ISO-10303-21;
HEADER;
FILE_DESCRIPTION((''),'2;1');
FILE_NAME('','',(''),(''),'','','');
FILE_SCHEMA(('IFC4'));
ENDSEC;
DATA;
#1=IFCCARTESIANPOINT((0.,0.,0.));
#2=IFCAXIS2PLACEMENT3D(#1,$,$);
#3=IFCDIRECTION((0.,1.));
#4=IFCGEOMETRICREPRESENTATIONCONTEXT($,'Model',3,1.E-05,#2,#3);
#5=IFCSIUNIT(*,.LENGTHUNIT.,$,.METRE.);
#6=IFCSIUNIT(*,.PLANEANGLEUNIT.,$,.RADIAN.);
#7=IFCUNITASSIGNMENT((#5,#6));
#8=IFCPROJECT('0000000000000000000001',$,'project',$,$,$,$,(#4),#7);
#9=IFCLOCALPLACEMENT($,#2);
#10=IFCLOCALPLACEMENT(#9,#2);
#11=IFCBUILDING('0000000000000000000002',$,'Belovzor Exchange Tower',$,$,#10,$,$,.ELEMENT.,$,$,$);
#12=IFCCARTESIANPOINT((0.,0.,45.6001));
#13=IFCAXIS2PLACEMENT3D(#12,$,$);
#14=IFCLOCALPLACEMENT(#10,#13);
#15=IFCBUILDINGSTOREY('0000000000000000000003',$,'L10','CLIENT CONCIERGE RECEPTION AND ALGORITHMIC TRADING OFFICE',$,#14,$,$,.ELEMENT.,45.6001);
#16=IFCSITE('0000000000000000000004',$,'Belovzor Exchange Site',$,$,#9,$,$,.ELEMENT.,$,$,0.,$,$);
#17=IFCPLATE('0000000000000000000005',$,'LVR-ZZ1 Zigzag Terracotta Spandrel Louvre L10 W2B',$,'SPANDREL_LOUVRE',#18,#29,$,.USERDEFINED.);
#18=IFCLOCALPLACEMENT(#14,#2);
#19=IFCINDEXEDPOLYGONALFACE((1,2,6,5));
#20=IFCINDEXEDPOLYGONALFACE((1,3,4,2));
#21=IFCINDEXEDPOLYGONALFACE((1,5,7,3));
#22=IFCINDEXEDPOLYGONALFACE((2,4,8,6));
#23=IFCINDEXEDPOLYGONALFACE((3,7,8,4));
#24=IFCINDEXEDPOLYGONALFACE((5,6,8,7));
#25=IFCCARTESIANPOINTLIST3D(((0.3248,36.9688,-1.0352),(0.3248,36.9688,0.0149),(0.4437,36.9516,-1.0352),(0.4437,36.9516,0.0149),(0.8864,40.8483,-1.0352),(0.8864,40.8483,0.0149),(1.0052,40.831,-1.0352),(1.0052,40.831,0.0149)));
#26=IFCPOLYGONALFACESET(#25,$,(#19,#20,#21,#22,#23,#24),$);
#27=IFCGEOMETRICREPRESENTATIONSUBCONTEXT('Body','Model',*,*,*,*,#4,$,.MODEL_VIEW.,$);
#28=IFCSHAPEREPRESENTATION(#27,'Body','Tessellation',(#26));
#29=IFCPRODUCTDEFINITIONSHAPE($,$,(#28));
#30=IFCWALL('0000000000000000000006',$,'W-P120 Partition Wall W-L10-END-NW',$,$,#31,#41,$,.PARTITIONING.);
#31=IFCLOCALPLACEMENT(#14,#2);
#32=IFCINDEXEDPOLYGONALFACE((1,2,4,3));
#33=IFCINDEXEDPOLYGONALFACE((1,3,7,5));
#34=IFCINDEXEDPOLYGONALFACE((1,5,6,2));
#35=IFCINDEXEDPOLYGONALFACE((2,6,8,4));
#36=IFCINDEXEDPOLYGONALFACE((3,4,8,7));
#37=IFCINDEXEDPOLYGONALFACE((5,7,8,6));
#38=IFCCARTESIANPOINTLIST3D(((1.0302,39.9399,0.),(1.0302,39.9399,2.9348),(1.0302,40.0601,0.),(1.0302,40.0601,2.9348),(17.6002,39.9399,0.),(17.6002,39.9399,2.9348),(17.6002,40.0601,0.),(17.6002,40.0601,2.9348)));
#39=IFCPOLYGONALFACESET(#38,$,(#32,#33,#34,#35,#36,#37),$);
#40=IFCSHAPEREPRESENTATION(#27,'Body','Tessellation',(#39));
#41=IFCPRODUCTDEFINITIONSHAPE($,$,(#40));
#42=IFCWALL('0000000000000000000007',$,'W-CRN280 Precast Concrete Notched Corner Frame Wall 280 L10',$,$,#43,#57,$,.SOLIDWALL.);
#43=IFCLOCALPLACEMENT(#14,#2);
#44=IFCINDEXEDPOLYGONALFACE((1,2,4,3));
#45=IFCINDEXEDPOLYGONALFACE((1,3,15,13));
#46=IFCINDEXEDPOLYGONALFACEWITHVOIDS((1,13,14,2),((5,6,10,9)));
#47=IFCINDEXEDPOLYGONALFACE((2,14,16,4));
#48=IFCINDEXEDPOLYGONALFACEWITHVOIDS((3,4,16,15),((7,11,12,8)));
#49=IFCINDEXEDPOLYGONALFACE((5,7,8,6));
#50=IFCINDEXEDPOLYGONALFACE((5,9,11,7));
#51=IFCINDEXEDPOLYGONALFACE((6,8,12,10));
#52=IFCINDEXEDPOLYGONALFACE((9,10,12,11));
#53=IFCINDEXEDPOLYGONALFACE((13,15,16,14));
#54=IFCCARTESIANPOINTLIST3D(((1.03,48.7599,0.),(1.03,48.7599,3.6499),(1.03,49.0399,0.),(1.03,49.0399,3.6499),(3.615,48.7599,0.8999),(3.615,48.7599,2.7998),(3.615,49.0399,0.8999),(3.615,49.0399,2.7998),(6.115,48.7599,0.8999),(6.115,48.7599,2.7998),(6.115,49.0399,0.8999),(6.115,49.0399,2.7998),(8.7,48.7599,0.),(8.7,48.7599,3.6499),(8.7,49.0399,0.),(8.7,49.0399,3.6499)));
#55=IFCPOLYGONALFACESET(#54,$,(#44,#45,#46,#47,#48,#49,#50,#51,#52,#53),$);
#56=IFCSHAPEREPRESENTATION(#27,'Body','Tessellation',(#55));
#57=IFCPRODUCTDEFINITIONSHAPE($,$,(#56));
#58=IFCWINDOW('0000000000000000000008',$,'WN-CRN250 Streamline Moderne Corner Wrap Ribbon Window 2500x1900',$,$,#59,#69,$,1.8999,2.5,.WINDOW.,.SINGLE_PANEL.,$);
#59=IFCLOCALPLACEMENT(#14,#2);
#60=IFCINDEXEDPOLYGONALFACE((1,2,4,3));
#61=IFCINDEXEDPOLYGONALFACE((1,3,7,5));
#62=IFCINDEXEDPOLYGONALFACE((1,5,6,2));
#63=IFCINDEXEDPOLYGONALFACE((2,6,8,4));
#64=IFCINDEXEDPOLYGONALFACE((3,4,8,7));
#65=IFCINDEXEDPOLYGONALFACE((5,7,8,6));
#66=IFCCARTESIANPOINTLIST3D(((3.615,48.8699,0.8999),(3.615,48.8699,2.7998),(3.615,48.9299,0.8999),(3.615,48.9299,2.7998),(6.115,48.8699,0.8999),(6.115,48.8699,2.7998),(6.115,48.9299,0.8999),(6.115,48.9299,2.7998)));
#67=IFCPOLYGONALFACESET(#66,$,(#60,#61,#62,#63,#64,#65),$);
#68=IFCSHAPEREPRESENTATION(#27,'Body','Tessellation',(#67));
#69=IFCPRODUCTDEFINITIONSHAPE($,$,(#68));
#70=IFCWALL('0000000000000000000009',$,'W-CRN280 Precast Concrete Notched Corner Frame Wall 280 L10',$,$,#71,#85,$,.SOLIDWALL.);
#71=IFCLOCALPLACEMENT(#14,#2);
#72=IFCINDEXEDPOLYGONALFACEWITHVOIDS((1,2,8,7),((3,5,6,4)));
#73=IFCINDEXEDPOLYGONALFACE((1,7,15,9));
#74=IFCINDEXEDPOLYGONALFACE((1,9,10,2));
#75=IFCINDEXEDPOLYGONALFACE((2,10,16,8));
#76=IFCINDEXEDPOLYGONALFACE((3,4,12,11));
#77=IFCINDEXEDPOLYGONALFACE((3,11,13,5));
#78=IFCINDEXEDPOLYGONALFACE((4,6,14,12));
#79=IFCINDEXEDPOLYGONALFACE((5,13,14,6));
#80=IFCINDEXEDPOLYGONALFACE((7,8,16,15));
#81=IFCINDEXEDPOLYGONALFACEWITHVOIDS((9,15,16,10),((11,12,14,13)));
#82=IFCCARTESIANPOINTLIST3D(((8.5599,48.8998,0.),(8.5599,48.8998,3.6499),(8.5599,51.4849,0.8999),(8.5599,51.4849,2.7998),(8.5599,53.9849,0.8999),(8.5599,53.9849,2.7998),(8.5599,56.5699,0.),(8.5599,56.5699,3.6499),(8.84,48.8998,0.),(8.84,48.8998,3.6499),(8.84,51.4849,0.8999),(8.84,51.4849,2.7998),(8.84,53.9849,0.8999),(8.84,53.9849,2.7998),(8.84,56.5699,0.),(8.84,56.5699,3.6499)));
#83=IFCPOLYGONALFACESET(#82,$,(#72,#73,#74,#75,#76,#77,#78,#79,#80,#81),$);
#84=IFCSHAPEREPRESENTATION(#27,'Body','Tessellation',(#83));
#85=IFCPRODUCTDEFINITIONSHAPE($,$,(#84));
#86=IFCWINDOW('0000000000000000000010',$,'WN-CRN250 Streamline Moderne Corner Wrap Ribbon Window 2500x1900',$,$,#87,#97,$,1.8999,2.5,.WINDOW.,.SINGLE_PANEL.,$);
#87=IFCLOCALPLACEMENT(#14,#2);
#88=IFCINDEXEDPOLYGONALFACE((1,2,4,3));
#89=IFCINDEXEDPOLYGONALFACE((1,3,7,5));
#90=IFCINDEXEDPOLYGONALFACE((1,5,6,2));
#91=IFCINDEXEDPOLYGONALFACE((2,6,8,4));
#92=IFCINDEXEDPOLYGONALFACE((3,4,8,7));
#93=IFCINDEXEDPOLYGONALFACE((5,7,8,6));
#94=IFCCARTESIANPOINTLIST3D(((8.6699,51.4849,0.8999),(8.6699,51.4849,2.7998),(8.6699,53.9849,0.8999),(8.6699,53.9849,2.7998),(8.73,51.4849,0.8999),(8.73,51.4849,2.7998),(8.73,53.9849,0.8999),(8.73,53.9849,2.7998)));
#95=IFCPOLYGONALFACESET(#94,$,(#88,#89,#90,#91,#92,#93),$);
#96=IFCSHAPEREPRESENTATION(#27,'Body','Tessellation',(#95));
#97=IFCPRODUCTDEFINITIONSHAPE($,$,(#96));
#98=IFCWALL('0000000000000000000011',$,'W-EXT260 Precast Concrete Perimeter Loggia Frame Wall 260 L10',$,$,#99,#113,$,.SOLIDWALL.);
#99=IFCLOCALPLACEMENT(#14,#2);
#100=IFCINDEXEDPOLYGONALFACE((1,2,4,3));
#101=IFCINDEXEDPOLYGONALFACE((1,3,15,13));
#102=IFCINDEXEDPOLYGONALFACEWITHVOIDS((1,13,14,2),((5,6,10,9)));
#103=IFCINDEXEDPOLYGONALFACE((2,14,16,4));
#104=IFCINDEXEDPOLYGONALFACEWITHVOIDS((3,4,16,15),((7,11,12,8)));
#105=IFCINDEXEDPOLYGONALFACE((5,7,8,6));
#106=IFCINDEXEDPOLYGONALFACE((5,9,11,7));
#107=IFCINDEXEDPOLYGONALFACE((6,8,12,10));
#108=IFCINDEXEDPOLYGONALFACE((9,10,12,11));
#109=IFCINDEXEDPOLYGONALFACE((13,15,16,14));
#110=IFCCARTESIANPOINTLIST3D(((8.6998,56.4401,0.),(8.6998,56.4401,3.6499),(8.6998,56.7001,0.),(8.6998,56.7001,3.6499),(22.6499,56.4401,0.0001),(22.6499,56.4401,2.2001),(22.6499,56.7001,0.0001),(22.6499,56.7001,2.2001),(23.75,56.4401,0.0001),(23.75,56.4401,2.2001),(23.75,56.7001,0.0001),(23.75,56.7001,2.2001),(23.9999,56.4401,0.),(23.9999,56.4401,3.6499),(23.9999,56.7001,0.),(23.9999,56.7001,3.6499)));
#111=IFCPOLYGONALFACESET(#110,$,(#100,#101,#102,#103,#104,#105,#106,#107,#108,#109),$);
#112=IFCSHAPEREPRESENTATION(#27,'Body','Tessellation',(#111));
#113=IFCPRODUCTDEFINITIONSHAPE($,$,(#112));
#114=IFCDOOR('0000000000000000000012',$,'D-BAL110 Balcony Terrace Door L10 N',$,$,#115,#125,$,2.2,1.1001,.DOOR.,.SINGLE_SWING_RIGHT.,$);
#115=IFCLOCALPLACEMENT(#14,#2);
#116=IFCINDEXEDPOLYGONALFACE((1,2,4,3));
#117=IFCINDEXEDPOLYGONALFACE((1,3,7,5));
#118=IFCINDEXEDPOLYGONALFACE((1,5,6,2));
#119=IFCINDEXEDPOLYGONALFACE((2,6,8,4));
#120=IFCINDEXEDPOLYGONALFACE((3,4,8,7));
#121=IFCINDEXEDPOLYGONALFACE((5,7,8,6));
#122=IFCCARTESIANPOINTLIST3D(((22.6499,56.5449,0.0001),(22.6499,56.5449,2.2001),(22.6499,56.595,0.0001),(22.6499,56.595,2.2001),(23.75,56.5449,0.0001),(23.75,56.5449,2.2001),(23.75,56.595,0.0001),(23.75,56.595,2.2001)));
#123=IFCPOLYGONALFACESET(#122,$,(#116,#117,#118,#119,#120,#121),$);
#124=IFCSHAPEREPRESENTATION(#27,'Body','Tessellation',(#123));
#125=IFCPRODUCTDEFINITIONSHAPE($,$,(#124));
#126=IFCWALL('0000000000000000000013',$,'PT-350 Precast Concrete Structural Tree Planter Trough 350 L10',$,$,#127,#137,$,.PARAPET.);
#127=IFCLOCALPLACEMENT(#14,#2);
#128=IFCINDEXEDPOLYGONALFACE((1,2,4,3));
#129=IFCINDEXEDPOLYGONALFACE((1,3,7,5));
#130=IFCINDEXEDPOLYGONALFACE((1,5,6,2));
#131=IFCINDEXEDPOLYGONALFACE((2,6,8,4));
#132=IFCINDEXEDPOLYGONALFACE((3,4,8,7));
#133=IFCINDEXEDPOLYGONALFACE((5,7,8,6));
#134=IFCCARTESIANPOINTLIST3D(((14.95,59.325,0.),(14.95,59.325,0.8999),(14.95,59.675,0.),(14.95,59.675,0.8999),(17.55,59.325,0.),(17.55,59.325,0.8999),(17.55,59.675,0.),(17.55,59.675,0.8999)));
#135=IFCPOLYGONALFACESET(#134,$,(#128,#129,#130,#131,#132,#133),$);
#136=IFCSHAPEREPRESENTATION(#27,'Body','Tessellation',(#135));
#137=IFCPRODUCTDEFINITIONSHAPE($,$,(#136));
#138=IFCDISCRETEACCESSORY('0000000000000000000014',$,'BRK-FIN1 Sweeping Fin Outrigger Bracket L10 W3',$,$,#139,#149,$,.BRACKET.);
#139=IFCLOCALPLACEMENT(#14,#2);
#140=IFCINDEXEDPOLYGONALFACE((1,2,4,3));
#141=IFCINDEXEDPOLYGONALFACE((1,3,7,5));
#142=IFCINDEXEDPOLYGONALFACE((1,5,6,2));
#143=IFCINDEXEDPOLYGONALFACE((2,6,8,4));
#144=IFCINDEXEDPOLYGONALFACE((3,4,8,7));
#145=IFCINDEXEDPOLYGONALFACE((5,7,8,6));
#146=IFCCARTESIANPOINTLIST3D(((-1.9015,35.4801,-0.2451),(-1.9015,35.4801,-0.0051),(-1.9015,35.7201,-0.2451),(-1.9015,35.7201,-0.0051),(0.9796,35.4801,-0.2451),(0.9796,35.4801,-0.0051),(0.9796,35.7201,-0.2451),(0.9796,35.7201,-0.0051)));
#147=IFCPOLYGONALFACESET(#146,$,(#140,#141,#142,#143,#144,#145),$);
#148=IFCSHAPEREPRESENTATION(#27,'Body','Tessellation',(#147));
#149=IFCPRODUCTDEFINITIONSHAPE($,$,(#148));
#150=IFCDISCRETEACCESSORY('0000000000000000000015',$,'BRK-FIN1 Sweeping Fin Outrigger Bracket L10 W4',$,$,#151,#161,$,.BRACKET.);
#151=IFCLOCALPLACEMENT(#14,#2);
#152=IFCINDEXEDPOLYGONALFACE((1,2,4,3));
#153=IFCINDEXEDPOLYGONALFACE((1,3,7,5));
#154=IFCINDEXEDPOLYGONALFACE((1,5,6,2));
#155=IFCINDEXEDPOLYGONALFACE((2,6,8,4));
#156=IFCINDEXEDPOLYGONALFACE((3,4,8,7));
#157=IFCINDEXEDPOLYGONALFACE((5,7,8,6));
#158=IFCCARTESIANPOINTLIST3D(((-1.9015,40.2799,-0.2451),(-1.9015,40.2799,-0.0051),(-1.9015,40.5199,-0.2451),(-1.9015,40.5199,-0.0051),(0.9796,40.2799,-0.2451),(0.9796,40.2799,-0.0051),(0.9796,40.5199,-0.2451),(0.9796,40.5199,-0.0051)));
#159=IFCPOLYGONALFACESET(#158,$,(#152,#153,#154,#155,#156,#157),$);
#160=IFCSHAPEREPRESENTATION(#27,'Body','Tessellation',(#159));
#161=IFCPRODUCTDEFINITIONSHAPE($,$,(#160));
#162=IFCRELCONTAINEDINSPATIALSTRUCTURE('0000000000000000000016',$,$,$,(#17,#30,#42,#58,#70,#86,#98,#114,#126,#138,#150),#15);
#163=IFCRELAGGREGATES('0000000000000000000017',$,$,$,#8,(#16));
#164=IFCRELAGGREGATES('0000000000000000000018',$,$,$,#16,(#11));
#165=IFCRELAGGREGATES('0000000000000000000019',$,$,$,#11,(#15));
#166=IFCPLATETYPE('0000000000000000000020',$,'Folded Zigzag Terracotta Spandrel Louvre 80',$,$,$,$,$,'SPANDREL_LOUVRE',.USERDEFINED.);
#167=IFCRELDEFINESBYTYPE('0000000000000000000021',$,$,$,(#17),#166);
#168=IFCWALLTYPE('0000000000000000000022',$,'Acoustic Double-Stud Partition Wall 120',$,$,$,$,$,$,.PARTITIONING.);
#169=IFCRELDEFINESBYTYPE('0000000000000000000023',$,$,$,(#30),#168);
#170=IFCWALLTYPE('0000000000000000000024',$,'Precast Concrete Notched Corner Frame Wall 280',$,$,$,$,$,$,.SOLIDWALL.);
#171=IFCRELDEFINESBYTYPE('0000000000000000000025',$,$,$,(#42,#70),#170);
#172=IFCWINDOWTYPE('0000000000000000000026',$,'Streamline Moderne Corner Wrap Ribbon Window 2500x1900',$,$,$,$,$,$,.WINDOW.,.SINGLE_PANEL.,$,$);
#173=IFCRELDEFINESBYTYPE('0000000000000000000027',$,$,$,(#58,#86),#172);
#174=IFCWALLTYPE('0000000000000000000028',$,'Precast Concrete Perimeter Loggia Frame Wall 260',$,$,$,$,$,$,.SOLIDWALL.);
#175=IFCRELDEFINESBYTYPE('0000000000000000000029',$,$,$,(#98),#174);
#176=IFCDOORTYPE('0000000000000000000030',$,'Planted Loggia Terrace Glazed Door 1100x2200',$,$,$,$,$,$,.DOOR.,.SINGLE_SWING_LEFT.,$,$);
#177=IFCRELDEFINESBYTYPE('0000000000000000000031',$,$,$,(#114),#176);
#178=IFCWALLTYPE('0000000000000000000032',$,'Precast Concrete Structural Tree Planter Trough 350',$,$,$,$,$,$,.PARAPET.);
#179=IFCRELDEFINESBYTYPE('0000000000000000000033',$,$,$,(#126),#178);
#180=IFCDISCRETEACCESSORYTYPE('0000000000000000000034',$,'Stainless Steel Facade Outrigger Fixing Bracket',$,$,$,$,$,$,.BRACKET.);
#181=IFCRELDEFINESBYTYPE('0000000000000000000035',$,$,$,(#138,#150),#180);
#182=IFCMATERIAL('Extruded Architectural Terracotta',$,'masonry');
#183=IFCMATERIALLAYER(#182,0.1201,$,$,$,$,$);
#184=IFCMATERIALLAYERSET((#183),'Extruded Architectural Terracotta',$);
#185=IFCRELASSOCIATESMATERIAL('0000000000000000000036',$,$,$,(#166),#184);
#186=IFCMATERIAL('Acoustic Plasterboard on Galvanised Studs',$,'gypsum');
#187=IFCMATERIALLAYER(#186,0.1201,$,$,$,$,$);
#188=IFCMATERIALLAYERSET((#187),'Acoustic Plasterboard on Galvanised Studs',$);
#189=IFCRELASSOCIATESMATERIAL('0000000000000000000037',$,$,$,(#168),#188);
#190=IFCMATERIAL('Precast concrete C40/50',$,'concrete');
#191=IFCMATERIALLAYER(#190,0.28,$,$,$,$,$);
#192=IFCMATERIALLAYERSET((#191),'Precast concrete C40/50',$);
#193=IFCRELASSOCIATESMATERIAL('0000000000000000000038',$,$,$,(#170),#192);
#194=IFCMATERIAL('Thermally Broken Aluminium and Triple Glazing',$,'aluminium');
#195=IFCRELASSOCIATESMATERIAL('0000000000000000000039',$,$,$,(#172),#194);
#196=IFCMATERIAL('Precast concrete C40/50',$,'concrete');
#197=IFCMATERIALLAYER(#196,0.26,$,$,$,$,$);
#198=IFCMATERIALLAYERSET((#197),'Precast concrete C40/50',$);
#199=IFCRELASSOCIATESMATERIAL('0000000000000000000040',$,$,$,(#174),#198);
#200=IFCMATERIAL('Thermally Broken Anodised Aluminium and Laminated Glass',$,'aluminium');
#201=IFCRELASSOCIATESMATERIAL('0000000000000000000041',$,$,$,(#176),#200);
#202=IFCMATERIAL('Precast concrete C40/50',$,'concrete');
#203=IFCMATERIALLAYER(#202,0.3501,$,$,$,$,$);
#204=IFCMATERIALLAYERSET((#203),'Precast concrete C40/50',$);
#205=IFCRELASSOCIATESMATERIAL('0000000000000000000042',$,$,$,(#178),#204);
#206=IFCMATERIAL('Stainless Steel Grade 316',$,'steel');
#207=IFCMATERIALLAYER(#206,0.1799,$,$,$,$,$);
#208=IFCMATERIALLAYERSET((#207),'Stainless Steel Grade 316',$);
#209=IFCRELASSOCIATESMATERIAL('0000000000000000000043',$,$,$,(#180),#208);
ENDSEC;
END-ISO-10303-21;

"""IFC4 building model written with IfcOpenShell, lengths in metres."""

from ifc_helpers import new_model, si_unit, direction, frame, frame_2d, origin, origin_2d, place, context, subcontext, project, spatial, rectangle, extrude, material, layer, layer_set, type_object, element, fill, save


model = new_model("IFC4")

# Units and contexts
model_context = context("Model", 3, precision=1e-05, world=origin(), true_north=direction((0.0, 1.0)))
body_context = subcontext(model_context, "Body", "Model", "MODEL_VIEW")
ifc_project = project(units=[si_unit("LENGTHUNIT", "METRE"), si_unit("PLANEANGLEUNIT", "RADIAN")], contexts=[model_context])

# Site, building, storey
site_placement = place(None, origin())
site = spatial("IfcSite", under=ifc_project, at=site_placement, Name="Belovzor Exchange Site", CompositionType="ELEMENT", RefElevation=0.0)
building_placement = place(site_placement, origin())
building = spatial("IfcBuilding", under=site, at=building_placement, Name="Belovzor Exchange Tower", CompositionType="ELEMENT")
storey_placement = place(building_placement, frame((0.0, 0.0, 45.6001)))
storey = spatial("IfcBuildingStorey", under=building, at=storey_placement, Name="L10", Description="CLIENT CONCIERGE RECEPTION AND ALGORITHMIC TRADING OFFICE", CompositionType="ELEMENT", Elevation=45.6001)

# Plate
ifc_material_1 = material(Name="Extruded Architectural Terracotta", Category="masonry")
ifc_layer_1 = layer(ifc_material_1, 0.1201)
ifc_layer_set_1 = layer_set([ifc_layer_1], Name="Extruded Architectural Terracotta")
plate_type = type_object("IfcPlateType", Name="Folded Zigzag Terracotta Spandrel Louvre 80", ElementType="SPANDREL_LOUVRE", PredefinedType="USERDEFINED", material=ifc_layer_set_1)
for number, where, z_axis, x_axis, name in (
    (1, (0.665, 38.8999, -1.0352), (0.0, 0.0, 1.0), (0.143251, 0.989686, 0.0), "LVR-ZZ1 Zigzag Terracotta Spandrel Louvre L10 W2B"),
):
    element("IfcPlate", number, at=place(storey_placement, frame(where, z_axis=z_axis, x_axis=x_axis)), inside=storey, type_object=plate_type, Name=name, ObjectType="SPANDREL_LOUVRE", PredefinedType="USERDEFINED", context=body_context, shape_type="SweptSolid", body=[
        extrude(rectangle(XDim=3.9199, YDim=0.1201, at=origin_2d()), origin(), (0.0, 0.0, 1.0), 1.05),
    ])

# Wall
ifc_material_2 = material(Name="Acoustic Plasterboard on Galvanised Studs", Category="gypsum")
ifc_layer_2 = layer(ifc_material_2, 0.1201)
ifc_layer_set_2 = layer_set([ifc_layer_2], Name="Acoustic Plasterboard on Galvanised Studs")
wall_type_1 = type_object("IfcWallType", Name="Acoustic Double-Stud Partition Wall 120", PredefinedType="PARTITIONING", material=ifc_layer_set_2)
wall_1_placement = place(storey_placement, frame((1.03, 40.0, 0.0), z_axis=(0.0, 0.0, 1.0), x_axis=(1.0, 0.0, 0.0)))
element("IfcWall", 2, at=wall_1_placement, inside=storey, type_object=wall_type_1, Name="W-P120 Partition Wall W-L10-END-NW", PredefinedType="PARTITIONING", context=body_context, shape_type="SweptSolid", body=[
    extrude(rectangle(XDim=16.5701, YDim=0.1201, at=frame_2d((8.2852, 0.0))), origin(), (0.0, 0.0, 1.0), 2.9348),
])

# Walls, openings, windows
ifc_material_3 = material(Name="Precast concrete C40/50", Category="concrete")
ifc_layer_3 = layer(ifc_material_3, 0.28)
ifc_layer_set_3 = layer_set([ifc_layer_3], Name="Precast concrete C40/50")
wall_type_2 = type_object("IfcWallType", Name="Precast Concrete Notched Corner Frame Wall 280", PredefinedType="SOLIDWALL", material=ifc_layer_set_3)
wall_2_placement = place(storey_placement, frame((1.03, 48.8999, 0.0), z_axis=(0.0, 0.0, 1.0), x_axis=(1.0, 0.0, 0.0)))
wall_2 = element("IfcWall", 3, at=wall_2_placement, inside=storey, type_object=wall_type_2, Name="W-CRN280 Precast Concrete Notched Corner Frame Wall 280 L10", PredefinedType="SOLIDWALL", context=body_context, shape_type="SweptSolid", body=[
    extrude(rectangle(XDim=7.6699, YDim=0.28, at=frame_2d((3.835, 0.0))), origin(), (0.0, 0.0, 1.0), 3.6499),
])
opening_1_placement = place(wall_2_placement, frame((2.585, 0.0, 0.8999)))
opening_1 = element("IfcOpeningElement", 4, at=opening_1_placement, cuts=wall_2, PredefinedType="OPENING", context=body_context, shape_type="SweptSolid", body=[
    extrude(rectangle(XDim=2.5, YDim=1.8999, at=frame_2d((1.25, 0.95))), frame((0.0, 0.1499, 0.0), z_axis=(0.0, -1.0, 0.0), x_axis=(1.0, 0.0, 0.0)), (0.0, 0.0, 1.0), 0.3),
])
ifc_material_4 = material(Name="Thermally Broken Aluminium and Triple Glazing", Category="aluminium")
window_type = type_object("IfcWindowType", Name="Streamline Moderne Corner Wrap Ribbon Window 2500x1900", PartitioningType="SINGLE_PANEL", PredefinedType="WINDOW", material=ifc_material_4)
window_1_placement = place(opening_1_placement, origin())
window_1 = element("IfcWindow", 5, at=window_1_placement, inside=storey, type_object=window_type, Name="WN-CRN250 Streamline Moderne Corner Wrap Ribbon Window 2500x1900", OverallHeight=1.8999, OverallWidth=2.5, PartitioningType="SINGLE_PANEL", PredefinedType="WINDOW", context=body_context, shape_type="SweptSolid", body=[
    extrude(rectangle(XDim=2.5, YDim=1.8999, at=frame_2d((1.25, 0.95))), frame((0.0, 0.03, 0.0), z_axis=(0.0, -1.0, 0.0), x_axis=(1.0, 0.0, 0.0)), (0.0, 0.0, 1.0), 0.0601),
])
fill(opening_1, window_1)
wall_3_placement = place(storey_placement, frame((8.7, 48.8999, 0.0), z_axis=(0.0, 0.0, 1.0), x_axis=(0.0, 1.0, 0.0)))
wall_3 = element("IfcWall", 6, at=wall_3_placement, inside=storey, type_object=wall_type_2, Name="W-CRN280 Precast Concrete Notched Corner Frame Wall 280 L10", PredefinedType="SOLIDWALL", context=body_context, shape_type="SweptSolid", body=[
    extrude(rectangle(XDim=7.6702, YDim=0.28, at=frame_2d((3.835, 0.0))), origin(), (0.0, 0.0, 1.0), 3.6499),
])
opening_2_placement = place(wall_3_placement, frame((2.585, 0.0, 0.8999)))
opening_2 = element("IfcOpeningElement", 7, at=opening_2_placement, cuts=wall_3, PredefinedType="OPENING", context=body_context, shape_type="SweptSolid", body=[
    extrude(rectangle(XDim=2.5, YDim=1.8999, at=frame_2d((1.25, 0.95))), frame((0.0, 0.1499, 0.0), z_axis=(0.0, -1.0, 0.0), x_axis=(1.0, 0.0, 0.0)), (0.0, 0.0, 1.0), 0.3),
])
window_2_placement = place(opening_2_placement, origin())
window_2 = element("IfcWindow", 8, at=window_2_placement, inside=storey, type_object=window_type, Name="WN-CRN250 Streamline Moderne Corner Wrap Ribbon Window 2500x1900", OverallHeight=1.8999, OverallWidth=2.5, PartitioningType="SINGLE_PANEL", PredefinedType="WINDOW", context=body_context, shape_type="SweptSolid", body=[
    extrude(rectangle(XDim=2.5, YDim=1.8999, at=frame_2d((1.25, 0.95))), frame((0.0, 0.03, 0.0), z_axis=(0.0, -1.0, 0.0), x_axis=(1.0, 0.0, 0.0)), (0.0, 0.0, 1.0), 0.0601),
])
fill(opening_2, window_2)

# Wall, opening, door
ifc_material_5 = material(Name="Precast concrete C40/50", Category="concrete")
ifc_layer_4 = layer(ifc_material_5, 0.26)
ifc_layer_set_4 = layer_set([ifc_layer_4], Name="Precast concrete C40/50")
wall_type_3 = type_object("IfcWallType", Name="Precast Concrete Perimeter Loggia Frame Wall 260", PredefinedType="SOLIDWALL", material=ifc_layer_set_4)
wall_4_placement = place(storey_placement, frame((8.7, 56.5701, 0.0), z_axis=(0.0, 0.0, 1.0), x_axis=(1.0, 0.0, 0.0)))
wall_4 = element("IfcWall", 9, at=wall_4_placement, inside=storey, type_object=wall_type_3, Name="W-EXT260 Precast Concrete Perimeter Loggia Frame Wall 260 L10", PredefinedType="SOLIDWALL", context=body_context, shape_type="SweptSolid", body=[
    extrude(rectangle(XDim=15.3, YDim=0.26, at=frame_2d((7.6499, 0.0))), origin(), (0.0, 0.0, 1.0), 3.6499),
])
opening_3_placement = place(wall_4_placement, frame((13.95, 0.0, 0.0)))
opening_3 = element("IfcOpeningElement", 10, at=opening_3_placement, cuts=wall_4, PredefinedType="OPENING", context=body_context, shape_type="SweptSolid", body=[
    extrude(rectangle(XDim=1.1001, YDim=2.2, at=frame_2d((0.55, 1.1001))), frame((0.0, 0.1399, 0.0), z_axis=(0.0, -1.0, 0.0), x_axis=(1.0, 0.0, 0.0)), (0.0, 0.0, 1.0), 0.28),
])
ifc_material_6 = material(Name="Thermally Broken Anodised Aluminium and Laminated Glass", Category="aluminium")
door_type = type_object("IfcDoorType", Name="Planted Loggia Terrace Glazed Door 1100x2200", OperationType="SINGLE_SWING_LEFT", PredefinedType="DOOR", material=ifc_material_6)
door_placement = place(opening_3_placement, origin())
door = element("IfcDoor", 11, at=door_placement, inside=storey, type_object=door_type, Name="D-BAL110 Balcony Terrace Door L10 N", OperationType="SINGLE_SWING_RIGHT", OverallHeight=2.2, OverallWidth=1.1001, PredefinedType="DOOR", context=body_context, shape_type="SweptSolid", body=[
    extrude(rectangle(XDim=1.1001, YDim=2.2, at=frame_2d((0.55, 1.1001))), frame((0.0, 0.0249, 0.0), z_axis=(0.0, -1.0, 0.0), x_axis=(1.0, 0.0, 0.0)), (0.0, 0.0, 1.0), 0.05),
])
fill(opening_3, door)

# Wall
ifc_material_7 = material(Name="Precast concrete C40/50", Category="concrete")
ifc_layer_5 = layer(ifc_material_7, 0.3501)
ifc_layer_set_5 = layer_set([ifc_layer_5], Name="Precast concrete C40/50")
wall_type_4 = type_object("IfcWallType", Name="Precast Concrete Structural Tree Planter Trough 350", PredefinedType="PARAPET", material=ifc_layer_set_5)
wall_5_placement = place(storey_placement, frame((14.95, 59.5, 0.0), z_axis=(0.0, 0.0, 1.0), x_axis=(1.0, 0.0, 0.0)))
element("IfcWall", 12, at=wall_5_placement, inside=storey, type_object=wall_type_4, Name="PT-350 Precast Concrete Structural Tree Planter Trough 350 L10", PredefinedType="PARAPET", context=body_context, shape_type="SweptSolid", body=[
    extrude(rectangle(XDim=2.6001, YDim=0.3501, at=frame_2d((1.3, 0.0))), origin(), (0.0, 0.0, 1.0), 0.8999),
])

# Discrete accessories
ifc_material_8 = material(Name="Stainless Steel Grade 316", Category="steel")
ifc_layer_6 = layer(ifc_material_8, 0.1799)
ifc_layer_set_6 = layer_set([ifc_layer_6], Name="Stainless Steel Grade 316")
discrete_accessory_type = type_object("IfcDiscreteAccessoryType", Name="Stainless Steel Facade Outrigger Fixing Bracket", PredefinedType="BRACKET", material=ifc_layer_set_6)
for number, where, z_axis, x_axis, name in (
    (13, (-0.4609, 35.6001, -0.2451), (0.0, 0.0, 1.0), (1.0, 0.0, 0.0), "BRK-FIN1 Sweeping Fin Outrigger Bracket L10 W3"),
    (14, (-0.4609, 40.3999, -0.2451), (0.0, 0.0, 1.0), (1.0, 0.0, 0.0), "BRK-FIN1 Sweeping Fin Outrigger Bracket L10 W4"),
):
    element("IfcDiscreteAccessory", number, at=place(storey_placement, frame(where, z_axis=z_axis, x_axis=x_axis)), inside=storey, type_object=discrete_accessory_type, Name=name, PredefinedType="BRACKET", context=body_context, shape_type="SweptSolid", body=[
        extrude(rectangle(XDim=2.8811, YDim=0.24, at=origin_2d()), origin(), (0.0, 0.0, 1.0), 0.24),
    ])

save(model, "model.ifc")
